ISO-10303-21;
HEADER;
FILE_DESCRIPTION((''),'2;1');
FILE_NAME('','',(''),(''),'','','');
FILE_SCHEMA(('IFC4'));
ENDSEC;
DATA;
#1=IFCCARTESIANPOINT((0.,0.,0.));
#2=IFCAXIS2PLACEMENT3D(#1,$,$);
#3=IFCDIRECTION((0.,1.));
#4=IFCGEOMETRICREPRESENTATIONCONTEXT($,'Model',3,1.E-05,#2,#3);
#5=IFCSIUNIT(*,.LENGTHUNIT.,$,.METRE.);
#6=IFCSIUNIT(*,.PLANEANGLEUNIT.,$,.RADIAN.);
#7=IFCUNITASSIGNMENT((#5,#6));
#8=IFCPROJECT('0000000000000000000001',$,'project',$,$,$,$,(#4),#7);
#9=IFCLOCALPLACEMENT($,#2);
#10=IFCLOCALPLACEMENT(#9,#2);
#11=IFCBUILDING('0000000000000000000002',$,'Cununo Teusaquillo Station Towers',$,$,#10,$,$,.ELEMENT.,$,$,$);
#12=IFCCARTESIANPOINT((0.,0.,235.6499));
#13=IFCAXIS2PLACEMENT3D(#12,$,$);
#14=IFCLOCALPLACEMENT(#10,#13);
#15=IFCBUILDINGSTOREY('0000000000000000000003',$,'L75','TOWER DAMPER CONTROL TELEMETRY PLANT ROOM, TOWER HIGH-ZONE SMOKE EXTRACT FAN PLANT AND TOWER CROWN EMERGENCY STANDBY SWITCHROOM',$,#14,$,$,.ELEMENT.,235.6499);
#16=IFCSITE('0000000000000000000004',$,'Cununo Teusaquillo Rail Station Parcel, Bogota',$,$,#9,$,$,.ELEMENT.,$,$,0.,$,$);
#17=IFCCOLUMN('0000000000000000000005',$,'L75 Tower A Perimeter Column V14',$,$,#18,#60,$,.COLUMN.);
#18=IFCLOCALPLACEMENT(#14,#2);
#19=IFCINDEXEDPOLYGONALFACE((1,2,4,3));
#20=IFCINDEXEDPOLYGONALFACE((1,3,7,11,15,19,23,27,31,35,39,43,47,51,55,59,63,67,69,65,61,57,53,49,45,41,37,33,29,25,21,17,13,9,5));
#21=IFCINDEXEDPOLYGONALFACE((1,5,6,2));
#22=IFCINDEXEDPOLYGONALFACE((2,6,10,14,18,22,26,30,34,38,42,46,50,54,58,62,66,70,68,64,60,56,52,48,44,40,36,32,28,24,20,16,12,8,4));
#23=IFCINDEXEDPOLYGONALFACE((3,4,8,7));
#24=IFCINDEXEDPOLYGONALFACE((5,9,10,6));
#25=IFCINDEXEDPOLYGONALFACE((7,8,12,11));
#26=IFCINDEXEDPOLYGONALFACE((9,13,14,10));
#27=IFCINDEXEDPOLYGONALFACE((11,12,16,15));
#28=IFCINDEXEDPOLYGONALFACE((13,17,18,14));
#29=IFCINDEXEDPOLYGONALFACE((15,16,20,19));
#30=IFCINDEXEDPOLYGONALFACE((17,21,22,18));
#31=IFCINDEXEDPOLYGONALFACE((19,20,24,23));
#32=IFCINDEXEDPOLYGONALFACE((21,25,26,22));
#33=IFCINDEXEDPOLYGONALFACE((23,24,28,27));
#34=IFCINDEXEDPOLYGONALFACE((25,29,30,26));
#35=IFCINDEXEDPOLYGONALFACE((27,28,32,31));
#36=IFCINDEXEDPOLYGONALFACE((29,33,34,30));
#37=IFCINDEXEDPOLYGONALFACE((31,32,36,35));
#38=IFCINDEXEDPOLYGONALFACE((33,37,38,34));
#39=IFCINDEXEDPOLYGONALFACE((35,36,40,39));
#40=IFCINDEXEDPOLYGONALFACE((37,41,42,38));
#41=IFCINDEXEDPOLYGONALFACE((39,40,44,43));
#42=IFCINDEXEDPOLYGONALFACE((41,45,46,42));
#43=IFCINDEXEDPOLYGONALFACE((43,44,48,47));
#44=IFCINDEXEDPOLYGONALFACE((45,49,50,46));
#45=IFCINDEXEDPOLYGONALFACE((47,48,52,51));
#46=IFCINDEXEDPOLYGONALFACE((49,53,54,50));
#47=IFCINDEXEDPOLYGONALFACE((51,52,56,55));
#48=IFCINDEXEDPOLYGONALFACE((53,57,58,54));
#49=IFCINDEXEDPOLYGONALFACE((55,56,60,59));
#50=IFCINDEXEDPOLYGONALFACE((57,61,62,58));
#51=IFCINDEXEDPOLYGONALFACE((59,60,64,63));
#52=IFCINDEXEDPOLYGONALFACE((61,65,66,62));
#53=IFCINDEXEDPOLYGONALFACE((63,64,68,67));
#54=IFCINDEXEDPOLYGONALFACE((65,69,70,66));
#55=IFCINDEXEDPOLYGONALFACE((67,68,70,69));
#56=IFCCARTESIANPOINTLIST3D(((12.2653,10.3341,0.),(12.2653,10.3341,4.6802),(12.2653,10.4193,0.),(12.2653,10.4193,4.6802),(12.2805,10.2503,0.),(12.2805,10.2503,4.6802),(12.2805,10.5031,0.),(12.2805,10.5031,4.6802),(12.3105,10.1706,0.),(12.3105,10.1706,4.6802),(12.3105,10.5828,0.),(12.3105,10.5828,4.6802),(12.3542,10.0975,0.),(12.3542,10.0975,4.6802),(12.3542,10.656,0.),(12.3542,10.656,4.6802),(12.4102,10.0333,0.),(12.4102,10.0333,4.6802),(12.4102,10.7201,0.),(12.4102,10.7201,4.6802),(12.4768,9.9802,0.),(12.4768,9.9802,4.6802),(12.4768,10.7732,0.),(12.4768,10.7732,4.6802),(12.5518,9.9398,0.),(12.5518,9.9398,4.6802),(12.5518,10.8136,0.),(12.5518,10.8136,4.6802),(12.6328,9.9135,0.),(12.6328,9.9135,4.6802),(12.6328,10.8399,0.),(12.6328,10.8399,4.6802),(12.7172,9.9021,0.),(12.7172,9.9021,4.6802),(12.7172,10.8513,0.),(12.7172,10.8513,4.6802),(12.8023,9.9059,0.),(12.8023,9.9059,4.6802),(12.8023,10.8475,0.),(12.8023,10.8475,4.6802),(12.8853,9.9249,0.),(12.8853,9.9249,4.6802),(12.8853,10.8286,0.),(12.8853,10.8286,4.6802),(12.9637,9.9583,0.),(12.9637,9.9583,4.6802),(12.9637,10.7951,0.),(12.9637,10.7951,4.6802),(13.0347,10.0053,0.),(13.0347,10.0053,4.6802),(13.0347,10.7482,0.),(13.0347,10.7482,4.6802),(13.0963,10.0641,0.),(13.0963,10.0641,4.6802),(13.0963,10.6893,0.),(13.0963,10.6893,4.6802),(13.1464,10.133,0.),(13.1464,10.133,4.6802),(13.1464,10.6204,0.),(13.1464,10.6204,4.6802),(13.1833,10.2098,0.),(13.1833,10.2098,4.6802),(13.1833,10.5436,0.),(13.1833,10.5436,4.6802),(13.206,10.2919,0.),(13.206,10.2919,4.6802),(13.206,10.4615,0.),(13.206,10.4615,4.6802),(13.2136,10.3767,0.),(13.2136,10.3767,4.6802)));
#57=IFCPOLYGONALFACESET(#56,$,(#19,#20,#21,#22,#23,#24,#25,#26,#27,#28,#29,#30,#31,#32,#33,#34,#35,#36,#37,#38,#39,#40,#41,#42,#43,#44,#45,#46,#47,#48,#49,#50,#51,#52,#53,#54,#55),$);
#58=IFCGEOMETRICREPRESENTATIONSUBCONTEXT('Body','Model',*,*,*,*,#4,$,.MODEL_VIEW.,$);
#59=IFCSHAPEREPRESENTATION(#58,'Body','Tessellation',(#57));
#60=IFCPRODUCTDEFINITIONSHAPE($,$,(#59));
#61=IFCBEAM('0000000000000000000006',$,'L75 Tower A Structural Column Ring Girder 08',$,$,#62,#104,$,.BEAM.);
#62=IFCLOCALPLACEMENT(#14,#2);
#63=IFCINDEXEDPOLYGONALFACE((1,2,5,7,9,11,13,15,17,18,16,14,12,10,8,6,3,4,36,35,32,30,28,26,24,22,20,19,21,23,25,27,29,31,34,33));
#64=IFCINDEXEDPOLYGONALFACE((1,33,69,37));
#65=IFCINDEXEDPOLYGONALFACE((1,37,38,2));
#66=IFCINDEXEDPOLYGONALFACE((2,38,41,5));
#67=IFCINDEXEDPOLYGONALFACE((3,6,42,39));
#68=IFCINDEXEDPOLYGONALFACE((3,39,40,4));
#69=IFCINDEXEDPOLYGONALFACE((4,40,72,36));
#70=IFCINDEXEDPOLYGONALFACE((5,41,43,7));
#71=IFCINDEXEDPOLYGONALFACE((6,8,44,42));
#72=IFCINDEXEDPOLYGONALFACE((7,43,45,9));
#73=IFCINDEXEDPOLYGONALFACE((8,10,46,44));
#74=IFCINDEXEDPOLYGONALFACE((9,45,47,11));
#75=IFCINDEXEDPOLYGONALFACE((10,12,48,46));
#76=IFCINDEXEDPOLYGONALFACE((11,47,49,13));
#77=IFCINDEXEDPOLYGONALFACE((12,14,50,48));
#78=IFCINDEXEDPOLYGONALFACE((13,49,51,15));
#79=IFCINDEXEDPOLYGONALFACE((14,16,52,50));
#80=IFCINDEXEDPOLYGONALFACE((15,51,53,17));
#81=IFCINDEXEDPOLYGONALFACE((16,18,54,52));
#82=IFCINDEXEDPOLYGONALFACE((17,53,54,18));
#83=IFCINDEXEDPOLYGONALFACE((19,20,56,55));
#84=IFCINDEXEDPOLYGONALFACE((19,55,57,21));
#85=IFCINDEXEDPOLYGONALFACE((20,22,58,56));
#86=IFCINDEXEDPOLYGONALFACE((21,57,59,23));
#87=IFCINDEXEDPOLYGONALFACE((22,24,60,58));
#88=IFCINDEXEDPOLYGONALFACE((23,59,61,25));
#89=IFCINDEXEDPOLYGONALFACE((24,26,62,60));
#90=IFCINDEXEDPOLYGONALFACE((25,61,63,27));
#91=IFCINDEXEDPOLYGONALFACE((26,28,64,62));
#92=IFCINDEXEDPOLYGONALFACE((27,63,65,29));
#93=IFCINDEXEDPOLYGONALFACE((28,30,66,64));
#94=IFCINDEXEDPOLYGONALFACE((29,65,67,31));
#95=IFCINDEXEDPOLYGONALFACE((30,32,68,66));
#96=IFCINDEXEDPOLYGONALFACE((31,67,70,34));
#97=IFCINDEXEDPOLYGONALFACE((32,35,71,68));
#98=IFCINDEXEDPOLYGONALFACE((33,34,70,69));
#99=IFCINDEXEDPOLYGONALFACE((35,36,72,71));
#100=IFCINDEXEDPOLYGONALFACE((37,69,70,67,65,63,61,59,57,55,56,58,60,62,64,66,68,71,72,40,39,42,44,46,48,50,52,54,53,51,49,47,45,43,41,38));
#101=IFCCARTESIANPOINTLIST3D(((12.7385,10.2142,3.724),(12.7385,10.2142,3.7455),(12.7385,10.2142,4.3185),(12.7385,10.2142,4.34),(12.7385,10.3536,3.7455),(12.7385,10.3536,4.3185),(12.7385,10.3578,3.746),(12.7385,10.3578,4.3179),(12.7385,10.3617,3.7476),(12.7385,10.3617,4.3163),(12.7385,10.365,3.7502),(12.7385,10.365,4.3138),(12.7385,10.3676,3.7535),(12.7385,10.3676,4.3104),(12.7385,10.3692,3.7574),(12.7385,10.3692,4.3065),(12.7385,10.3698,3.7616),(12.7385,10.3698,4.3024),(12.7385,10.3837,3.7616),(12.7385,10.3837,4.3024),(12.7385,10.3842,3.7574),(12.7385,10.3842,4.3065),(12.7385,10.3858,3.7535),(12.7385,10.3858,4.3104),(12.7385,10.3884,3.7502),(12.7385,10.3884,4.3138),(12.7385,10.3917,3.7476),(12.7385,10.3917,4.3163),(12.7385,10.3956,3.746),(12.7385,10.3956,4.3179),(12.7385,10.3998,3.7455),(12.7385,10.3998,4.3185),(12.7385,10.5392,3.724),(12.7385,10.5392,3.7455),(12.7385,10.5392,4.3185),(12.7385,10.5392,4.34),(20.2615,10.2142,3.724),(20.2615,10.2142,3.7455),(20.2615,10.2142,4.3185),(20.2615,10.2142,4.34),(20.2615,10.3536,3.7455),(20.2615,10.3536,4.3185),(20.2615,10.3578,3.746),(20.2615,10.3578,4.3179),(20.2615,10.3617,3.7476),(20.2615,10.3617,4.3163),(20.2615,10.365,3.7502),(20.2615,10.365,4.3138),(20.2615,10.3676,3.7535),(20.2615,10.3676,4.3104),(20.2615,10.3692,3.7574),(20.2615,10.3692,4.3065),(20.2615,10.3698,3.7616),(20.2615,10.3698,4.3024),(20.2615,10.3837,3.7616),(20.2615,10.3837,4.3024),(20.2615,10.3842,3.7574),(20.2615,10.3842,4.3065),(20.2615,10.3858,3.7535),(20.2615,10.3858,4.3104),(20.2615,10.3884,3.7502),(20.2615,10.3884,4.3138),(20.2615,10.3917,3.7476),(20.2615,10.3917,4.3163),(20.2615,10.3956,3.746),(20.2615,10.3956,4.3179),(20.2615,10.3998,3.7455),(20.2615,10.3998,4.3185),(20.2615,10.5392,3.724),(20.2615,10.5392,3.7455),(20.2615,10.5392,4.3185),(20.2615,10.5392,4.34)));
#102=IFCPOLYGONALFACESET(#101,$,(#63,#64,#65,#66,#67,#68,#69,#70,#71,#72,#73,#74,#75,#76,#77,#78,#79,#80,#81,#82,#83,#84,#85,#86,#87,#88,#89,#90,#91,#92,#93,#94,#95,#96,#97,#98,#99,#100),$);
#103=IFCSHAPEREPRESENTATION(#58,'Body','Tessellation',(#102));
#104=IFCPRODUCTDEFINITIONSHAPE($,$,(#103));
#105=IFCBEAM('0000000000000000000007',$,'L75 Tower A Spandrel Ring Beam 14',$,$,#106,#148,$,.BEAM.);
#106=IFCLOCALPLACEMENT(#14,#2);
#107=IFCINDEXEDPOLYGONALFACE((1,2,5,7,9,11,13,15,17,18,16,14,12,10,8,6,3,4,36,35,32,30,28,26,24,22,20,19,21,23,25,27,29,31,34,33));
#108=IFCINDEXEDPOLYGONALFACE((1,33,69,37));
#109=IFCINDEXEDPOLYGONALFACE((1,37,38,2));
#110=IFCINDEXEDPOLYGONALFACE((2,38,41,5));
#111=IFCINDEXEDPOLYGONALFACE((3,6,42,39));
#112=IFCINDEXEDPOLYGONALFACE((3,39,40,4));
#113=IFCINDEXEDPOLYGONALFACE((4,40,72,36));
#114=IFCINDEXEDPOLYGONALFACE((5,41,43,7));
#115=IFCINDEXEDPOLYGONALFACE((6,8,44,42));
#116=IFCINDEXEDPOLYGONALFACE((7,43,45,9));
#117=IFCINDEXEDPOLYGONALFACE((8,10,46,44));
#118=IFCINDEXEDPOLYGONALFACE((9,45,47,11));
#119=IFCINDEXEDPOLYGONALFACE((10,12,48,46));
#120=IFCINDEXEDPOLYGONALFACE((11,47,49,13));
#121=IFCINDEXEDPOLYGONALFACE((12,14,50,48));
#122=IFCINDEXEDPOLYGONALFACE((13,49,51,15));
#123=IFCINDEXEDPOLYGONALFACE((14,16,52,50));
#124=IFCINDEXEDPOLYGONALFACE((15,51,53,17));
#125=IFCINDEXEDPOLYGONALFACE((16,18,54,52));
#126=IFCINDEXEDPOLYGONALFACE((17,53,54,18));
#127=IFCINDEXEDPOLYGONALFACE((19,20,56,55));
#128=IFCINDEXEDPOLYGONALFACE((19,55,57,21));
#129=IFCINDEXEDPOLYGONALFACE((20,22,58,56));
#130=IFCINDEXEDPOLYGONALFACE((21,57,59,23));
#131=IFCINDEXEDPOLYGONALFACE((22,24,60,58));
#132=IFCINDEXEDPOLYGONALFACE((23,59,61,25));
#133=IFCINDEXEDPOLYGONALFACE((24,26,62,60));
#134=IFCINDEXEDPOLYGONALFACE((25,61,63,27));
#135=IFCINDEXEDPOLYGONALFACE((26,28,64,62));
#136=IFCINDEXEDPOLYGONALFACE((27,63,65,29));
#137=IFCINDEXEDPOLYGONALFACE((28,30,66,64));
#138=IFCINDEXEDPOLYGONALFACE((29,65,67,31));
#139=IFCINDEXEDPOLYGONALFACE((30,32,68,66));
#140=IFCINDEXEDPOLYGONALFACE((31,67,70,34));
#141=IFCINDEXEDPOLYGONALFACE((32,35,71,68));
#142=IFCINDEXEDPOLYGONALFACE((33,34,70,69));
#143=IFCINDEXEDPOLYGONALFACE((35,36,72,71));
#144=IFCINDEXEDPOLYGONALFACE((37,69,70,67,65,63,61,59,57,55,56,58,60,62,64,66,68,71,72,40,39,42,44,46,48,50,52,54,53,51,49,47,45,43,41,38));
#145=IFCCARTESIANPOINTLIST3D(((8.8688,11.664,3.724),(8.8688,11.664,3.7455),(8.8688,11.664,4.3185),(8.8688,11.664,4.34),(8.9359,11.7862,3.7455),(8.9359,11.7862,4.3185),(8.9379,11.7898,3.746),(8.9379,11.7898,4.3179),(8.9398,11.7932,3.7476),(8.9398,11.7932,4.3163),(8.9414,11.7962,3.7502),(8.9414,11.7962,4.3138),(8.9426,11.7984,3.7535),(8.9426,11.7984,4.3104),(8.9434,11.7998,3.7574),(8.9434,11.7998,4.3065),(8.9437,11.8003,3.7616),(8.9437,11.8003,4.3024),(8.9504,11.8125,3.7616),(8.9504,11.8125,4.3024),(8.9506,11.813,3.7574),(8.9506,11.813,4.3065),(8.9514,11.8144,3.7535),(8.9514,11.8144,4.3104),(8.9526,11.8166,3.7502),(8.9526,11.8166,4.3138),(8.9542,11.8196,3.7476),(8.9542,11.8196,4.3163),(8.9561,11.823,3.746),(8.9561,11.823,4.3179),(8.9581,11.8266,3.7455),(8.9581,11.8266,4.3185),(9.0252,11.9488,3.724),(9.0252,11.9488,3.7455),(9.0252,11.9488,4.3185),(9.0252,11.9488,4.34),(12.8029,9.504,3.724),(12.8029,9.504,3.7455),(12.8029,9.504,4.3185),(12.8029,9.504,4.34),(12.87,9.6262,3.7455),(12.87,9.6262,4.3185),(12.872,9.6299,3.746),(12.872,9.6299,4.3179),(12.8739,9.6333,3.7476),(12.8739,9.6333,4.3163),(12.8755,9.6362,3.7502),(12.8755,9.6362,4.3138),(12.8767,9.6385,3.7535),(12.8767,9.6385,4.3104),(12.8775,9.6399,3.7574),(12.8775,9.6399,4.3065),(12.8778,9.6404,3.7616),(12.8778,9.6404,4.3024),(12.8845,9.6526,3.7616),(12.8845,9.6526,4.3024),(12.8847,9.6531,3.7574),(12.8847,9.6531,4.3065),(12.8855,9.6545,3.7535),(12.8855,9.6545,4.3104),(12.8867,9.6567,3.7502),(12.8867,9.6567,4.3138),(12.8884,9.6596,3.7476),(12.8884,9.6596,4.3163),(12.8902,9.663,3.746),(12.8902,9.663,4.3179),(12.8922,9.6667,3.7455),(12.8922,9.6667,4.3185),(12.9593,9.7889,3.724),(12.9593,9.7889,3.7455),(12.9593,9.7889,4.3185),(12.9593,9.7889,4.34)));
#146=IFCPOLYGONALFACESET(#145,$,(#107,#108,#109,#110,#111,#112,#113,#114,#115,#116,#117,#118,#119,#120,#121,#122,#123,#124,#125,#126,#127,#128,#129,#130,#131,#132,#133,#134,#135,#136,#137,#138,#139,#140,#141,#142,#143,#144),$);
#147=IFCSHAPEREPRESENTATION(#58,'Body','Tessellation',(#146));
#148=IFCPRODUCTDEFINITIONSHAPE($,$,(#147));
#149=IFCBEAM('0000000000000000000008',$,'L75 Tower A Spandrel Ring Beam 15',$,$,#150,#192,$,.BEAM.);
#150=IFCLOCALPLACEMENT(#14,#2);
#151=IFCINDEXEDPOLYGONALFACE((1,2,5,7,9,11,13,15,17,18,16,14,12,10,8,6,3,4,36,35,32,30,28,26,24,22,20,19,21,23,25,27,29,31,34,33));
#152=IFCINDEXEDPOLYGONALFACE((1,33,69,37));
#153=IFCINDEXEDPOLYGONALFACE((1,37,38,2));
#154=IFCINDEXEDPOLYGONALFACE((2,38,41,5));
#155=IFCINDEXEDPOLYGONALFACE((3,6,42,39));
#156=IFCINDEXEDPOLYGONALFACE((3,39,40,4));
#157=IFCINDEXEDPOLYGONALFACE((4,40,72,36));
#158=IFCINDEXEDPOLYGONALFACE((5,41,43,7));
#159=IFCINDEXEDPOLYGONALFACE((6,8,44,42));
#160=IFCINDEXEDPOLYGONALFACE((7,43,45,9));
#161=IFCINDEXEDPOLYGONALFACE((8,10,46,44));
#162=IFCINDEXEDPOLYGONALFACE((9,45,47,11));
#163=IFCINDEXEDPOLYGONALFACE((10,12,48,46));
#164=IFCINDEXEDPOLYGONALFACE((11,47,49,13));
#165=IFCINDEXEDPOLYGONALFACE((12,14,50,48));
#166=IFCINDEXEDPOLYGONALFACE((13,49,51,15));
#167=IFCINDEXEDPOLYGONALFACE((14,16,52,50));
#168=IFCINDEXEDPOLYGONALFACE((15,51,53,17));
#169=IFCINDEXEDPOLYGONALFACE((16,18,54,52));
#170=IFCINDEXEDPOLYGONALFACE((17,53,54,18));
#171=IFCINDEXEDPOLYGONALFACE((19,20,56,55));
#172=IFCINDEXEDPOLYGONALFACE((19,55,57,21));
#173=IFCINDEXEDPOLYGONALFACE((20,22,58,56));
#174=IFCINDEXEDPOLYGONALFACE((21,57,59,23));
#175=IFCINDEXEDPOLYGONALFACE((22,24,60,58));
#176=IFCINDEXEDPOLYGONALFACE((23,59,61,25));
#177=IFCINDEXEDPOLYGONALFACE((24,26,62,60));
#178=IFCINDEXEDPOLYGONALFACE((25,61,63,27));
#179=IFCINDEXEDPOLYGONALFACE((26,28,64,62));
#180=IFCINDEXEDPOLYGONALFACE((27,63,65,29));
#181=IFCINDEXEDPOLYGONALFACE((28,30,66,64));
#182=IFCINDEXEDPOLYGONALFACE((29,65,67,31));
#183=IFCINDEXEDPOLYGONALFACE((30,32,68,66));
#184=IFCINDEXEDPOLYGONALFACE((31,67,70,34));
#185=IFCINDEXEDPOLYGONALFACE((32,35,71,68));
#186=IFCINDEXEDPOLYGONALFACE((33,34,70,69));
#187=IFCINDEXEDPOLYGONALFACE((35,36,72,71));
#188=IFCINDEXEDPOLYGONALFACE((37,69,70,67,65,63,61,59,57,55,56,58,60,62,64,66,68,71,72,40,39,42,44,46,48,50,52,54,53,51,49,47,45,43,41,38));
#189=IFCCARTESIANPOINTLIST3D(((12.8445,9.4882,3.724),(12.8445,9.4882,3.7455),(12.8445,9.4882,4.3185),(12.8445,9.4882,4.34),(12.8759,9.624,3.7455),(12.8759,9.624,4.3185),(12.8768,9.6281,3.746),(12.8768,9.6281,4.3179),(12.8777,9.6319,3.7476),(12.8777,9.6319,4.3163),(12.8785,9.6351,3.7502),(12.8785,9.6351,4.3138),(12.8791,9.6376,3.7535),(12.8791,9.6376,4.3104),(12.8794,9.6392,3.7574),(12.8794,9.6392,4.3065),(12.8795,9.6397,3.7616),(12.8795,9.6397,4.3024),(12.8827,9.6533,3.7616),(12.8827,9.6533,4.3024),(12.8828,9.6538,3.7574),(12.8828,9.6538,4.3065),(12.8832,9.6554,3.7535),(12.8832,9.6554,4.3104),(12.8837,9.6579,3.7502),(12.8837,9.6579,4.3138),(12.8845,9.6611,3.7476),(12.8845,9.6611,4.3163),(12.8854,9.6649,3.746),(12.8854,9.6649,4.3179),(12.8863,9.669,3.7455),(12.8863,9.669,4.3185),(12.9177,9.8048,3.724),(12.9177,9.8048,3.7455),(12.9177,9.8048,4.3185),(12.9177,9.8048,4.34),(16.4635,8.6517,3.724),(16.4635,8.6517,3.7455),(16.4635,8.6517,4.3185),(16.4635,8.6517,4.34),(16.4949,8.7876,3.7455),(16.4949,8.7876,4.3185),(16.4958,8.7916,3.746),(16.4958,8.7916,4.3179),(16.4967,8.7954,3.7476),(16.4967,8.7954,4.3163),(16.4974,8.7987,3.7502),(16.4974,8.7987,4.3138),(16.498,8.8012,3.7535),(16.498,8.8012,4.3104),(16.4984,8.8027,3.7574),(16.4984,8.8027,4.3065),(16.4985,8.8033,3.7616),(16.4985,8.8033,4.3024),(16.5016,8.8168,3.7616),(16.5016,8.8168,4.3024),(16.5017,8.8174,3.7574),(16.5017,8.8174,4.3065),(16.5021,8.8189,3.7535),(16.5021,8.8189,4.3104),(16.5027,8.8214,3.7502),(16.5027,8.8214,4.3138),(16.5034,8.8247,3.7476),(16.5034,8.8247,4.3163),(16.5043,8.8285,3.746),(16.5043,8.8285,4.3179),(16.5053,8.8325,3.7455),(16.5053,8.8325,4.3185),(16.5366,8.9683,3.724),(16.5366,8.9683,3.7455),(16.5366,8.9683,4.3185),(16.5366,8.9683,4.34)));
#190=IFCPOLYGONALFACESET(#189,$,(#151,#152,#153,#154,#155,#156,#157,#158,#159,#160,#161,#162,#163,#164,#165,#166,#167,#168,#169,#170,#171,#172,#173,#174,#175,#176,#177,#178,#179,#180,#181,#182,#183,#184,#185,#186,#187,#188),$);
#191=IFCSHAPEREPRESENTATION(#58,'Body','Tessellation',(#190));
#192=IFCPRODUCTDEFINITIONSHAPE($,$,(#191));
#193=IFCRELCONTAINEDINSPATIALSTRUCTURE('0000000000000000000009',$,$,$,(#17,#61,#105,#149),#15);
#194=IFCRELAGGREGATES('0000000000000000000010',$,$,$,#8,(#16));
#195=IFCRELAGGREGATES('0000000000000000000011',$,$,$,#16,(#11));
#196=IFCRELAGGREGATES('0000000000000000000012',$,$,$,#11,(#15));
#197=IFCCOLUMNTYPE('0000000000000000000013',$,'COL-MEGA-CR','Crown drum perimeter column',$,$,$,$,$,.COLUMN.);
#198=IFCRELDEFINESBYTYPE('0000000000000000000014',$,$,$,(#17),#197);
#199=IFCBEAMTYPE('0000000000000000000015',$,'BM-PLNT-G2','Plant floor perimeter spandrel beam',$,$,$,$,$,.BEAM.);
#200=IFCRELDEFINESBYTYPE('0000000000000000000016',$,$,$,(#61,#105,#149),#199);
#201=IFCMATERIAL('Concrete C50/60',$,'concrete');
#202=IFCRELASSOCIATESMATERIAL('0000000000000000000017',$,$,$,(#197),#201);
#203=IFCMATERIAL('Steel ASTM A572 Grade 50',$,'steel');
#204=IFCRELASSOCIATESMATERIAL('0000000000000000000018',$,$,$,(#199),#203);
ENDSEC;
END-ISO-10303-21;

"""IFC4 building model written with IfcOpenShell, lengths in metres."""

from ifc_helpers import new_model, si_unit, direction, frame, origin, origin_2d, place, context, subcontext, project, spatial, circle, i_section, extrude, material, material_profile, profile_set, type_object, element, save


model = new_model("IFC4")

# Units and contexts
model_context = context("Model", 3, precision=1e-05, world=origin(), true_north=direction((0.0, 1.0)))
body_context = subcontext(model_context, "Body", "Model", "MODEL_VIEW")
ifc_project = project(units=[si_unit("LENGTHUNIT", "METRE"), si_unit("PLANEANGLEUNIT", "RADIAN")], contexts=[model_context])

# Site, building, storey
site_placement = place(None, origin())
site = spatial("IfcSite", under=ifc_project, at=site_placement, Name="Cununo Teusaquillo Rail Station Parcel, Bogota", CompositionType="ELEMENT", RefElevation=0.0)
building_placement = place(site_placement, origin())
building = spatial("IfcBuilding", under=site, at=building_placement, Name="Cununo Teusaquillo Station Towers", CompositionType="ELEMENT")
storey_placement = place(building_placement, frame((0.0, 0.0, 235.6499)))
storey = spatial("IfcBuildingStorey", under=building, at=storey_placement, Name="L75", Description="TOWER DAMPER CONTROL TELEMETRY PLANT ROOM, TOWER HIGH-ZONE SMOKE EXTRACT FAN PLANT AND TOWER CROWN EMERGENCY STANDBY SWITCHROOM", CompositionType="ELEMENT", Elevation=235.6499)

# Column
ifc_material_1 = material(Name="Concrete C50/60", Category="concrete")
ifc_material_profile_1 = material_profile(ifc_material_1, circle(Radius=0.4751, at=origin_2d()), Name="RC-CIRC-950")
ifc_profile_set_1 = profile_set([ifc_material_profile_1], Name="Concrete C50/60")
column_type = type_object("IfcColumnType", Name="COL-MEGA-CR", Description="Crown drum perimeter column", PredefinedType="COLUMN", material=ifc_profile_set_1)
column_placement = place(storey_placement, frame((12.7385, 10.3767, 0.0), z_axis=(0.0, 0.0, 1.0), x_axis=(1.0, 0.0, 0.0)))
element("IfcColumn", 1, at=column_placement, inside=storey, type_object=column_type, Name="L75 Tower A Perimeter Column V14", PredefinedType="COLUMN", context=body_context, shape_type="SweptSolid", body=[
    extrude(circle(Radius=0.4751, at=origin_2d()), origin(), (0.0, 0.0, 1.0), 4.6802),
])

# Beams
ifc_material_2 = material(Name="Steel ASTM A572 Grade 50", Category="steel")
ifc_material_profile_2 = material_profile(ifc_material_2, i_section(OverallWidth=0.325, OverallDepth=0.616, WebThickness=0.0139, FlangeThickness=0.0215, FilletRadius=0.0161, at=origin_2d()), Name="W24X117")
ifc_profile_set_2 = profile_set([ifc_material_profile_2], Name="Steel ASTM A572 Grade 50")
beam_type = type_object("IfcBeamType", Name="BM-PLNT-G2", Description="Plant floor perimeter spandrel beam", PredefinedType="BEAM", material=ifc_profile_set_2)
beam_1_placement = place(storey_placement, frame((12.7385, 10.3767, 4.032), z_axis=(1.0, 0.0, 0.0), x_axis=(0.0, 1.0, 0.0)))
element("IfcBeam", 2, at=beam_1_placement, inside=storey, type_object=beam_type, Name="L75 Tower A Structural Column Ring Girder 08", PredefinedType="BEAM", context=body_context, shape_type="SweptSolid", body=[
    extrude(i_section(OverallWidth=0.325, OverallDepth=0.616, WebThickness=0.0139, FlangeThickness=0.0215, FilletRadius=0.0161, at=origin_2d()), origin(), (0.0, 0.0, 1.0), 7.5229),
])
beam_2_placement = place(storey_placement, frame((8.947, 11.8064, 4.032), z_axis=(0.876576, -0.481263, 0.0), x_axis=(0.481263, 0.876576, 0.0)))
element("IfcBeam", 3, at=beam_2_placement, inside=storey, type_object=beam_type, Name="L75 Tower A Spandrel Ring Beam 14", PredefinedType="BEAM", context=body_context, shape_type="SweptSolid", body=[
    extrude(i_section(OverallWidth=0.325, OverallDepth=0.616, WebThickness=0.0139, FlangeThickness=0.0215, FilletRadius=0.0161, at=origin_2d()), origin(), (0.0, 0.0, 1.0), 4.488),
])
for number, where, z_axis, x_axis, name in (
    (4, (12.8811, 9.6465, 4.032), (0.974315, -0.225191, 0.0), (0.225191, 0.974315, 0.0), "L75 Tower A Spandrel Ring Beam 15"),
):
    element("IfcBeam", number, at=place(storey_placement, frame(where, z_axis=z_axis, x_axis=x_axis)), inside=storey, type_object=beam_type, Name=name, PredefinedType="BEAM", context=body_context, shape_type="SweptSolid", body=[
        extrude(i_section(OverallWidth=0.325, OverallDepth=0.616, WebThickness=0.0139, FlangeThickness=0.0215, FilletRadius=0.0161, at=origin_2d()), origin(), (0.0, 0.0, 1.0), 3.7144),
    ])

save(model, "model.ifc")
